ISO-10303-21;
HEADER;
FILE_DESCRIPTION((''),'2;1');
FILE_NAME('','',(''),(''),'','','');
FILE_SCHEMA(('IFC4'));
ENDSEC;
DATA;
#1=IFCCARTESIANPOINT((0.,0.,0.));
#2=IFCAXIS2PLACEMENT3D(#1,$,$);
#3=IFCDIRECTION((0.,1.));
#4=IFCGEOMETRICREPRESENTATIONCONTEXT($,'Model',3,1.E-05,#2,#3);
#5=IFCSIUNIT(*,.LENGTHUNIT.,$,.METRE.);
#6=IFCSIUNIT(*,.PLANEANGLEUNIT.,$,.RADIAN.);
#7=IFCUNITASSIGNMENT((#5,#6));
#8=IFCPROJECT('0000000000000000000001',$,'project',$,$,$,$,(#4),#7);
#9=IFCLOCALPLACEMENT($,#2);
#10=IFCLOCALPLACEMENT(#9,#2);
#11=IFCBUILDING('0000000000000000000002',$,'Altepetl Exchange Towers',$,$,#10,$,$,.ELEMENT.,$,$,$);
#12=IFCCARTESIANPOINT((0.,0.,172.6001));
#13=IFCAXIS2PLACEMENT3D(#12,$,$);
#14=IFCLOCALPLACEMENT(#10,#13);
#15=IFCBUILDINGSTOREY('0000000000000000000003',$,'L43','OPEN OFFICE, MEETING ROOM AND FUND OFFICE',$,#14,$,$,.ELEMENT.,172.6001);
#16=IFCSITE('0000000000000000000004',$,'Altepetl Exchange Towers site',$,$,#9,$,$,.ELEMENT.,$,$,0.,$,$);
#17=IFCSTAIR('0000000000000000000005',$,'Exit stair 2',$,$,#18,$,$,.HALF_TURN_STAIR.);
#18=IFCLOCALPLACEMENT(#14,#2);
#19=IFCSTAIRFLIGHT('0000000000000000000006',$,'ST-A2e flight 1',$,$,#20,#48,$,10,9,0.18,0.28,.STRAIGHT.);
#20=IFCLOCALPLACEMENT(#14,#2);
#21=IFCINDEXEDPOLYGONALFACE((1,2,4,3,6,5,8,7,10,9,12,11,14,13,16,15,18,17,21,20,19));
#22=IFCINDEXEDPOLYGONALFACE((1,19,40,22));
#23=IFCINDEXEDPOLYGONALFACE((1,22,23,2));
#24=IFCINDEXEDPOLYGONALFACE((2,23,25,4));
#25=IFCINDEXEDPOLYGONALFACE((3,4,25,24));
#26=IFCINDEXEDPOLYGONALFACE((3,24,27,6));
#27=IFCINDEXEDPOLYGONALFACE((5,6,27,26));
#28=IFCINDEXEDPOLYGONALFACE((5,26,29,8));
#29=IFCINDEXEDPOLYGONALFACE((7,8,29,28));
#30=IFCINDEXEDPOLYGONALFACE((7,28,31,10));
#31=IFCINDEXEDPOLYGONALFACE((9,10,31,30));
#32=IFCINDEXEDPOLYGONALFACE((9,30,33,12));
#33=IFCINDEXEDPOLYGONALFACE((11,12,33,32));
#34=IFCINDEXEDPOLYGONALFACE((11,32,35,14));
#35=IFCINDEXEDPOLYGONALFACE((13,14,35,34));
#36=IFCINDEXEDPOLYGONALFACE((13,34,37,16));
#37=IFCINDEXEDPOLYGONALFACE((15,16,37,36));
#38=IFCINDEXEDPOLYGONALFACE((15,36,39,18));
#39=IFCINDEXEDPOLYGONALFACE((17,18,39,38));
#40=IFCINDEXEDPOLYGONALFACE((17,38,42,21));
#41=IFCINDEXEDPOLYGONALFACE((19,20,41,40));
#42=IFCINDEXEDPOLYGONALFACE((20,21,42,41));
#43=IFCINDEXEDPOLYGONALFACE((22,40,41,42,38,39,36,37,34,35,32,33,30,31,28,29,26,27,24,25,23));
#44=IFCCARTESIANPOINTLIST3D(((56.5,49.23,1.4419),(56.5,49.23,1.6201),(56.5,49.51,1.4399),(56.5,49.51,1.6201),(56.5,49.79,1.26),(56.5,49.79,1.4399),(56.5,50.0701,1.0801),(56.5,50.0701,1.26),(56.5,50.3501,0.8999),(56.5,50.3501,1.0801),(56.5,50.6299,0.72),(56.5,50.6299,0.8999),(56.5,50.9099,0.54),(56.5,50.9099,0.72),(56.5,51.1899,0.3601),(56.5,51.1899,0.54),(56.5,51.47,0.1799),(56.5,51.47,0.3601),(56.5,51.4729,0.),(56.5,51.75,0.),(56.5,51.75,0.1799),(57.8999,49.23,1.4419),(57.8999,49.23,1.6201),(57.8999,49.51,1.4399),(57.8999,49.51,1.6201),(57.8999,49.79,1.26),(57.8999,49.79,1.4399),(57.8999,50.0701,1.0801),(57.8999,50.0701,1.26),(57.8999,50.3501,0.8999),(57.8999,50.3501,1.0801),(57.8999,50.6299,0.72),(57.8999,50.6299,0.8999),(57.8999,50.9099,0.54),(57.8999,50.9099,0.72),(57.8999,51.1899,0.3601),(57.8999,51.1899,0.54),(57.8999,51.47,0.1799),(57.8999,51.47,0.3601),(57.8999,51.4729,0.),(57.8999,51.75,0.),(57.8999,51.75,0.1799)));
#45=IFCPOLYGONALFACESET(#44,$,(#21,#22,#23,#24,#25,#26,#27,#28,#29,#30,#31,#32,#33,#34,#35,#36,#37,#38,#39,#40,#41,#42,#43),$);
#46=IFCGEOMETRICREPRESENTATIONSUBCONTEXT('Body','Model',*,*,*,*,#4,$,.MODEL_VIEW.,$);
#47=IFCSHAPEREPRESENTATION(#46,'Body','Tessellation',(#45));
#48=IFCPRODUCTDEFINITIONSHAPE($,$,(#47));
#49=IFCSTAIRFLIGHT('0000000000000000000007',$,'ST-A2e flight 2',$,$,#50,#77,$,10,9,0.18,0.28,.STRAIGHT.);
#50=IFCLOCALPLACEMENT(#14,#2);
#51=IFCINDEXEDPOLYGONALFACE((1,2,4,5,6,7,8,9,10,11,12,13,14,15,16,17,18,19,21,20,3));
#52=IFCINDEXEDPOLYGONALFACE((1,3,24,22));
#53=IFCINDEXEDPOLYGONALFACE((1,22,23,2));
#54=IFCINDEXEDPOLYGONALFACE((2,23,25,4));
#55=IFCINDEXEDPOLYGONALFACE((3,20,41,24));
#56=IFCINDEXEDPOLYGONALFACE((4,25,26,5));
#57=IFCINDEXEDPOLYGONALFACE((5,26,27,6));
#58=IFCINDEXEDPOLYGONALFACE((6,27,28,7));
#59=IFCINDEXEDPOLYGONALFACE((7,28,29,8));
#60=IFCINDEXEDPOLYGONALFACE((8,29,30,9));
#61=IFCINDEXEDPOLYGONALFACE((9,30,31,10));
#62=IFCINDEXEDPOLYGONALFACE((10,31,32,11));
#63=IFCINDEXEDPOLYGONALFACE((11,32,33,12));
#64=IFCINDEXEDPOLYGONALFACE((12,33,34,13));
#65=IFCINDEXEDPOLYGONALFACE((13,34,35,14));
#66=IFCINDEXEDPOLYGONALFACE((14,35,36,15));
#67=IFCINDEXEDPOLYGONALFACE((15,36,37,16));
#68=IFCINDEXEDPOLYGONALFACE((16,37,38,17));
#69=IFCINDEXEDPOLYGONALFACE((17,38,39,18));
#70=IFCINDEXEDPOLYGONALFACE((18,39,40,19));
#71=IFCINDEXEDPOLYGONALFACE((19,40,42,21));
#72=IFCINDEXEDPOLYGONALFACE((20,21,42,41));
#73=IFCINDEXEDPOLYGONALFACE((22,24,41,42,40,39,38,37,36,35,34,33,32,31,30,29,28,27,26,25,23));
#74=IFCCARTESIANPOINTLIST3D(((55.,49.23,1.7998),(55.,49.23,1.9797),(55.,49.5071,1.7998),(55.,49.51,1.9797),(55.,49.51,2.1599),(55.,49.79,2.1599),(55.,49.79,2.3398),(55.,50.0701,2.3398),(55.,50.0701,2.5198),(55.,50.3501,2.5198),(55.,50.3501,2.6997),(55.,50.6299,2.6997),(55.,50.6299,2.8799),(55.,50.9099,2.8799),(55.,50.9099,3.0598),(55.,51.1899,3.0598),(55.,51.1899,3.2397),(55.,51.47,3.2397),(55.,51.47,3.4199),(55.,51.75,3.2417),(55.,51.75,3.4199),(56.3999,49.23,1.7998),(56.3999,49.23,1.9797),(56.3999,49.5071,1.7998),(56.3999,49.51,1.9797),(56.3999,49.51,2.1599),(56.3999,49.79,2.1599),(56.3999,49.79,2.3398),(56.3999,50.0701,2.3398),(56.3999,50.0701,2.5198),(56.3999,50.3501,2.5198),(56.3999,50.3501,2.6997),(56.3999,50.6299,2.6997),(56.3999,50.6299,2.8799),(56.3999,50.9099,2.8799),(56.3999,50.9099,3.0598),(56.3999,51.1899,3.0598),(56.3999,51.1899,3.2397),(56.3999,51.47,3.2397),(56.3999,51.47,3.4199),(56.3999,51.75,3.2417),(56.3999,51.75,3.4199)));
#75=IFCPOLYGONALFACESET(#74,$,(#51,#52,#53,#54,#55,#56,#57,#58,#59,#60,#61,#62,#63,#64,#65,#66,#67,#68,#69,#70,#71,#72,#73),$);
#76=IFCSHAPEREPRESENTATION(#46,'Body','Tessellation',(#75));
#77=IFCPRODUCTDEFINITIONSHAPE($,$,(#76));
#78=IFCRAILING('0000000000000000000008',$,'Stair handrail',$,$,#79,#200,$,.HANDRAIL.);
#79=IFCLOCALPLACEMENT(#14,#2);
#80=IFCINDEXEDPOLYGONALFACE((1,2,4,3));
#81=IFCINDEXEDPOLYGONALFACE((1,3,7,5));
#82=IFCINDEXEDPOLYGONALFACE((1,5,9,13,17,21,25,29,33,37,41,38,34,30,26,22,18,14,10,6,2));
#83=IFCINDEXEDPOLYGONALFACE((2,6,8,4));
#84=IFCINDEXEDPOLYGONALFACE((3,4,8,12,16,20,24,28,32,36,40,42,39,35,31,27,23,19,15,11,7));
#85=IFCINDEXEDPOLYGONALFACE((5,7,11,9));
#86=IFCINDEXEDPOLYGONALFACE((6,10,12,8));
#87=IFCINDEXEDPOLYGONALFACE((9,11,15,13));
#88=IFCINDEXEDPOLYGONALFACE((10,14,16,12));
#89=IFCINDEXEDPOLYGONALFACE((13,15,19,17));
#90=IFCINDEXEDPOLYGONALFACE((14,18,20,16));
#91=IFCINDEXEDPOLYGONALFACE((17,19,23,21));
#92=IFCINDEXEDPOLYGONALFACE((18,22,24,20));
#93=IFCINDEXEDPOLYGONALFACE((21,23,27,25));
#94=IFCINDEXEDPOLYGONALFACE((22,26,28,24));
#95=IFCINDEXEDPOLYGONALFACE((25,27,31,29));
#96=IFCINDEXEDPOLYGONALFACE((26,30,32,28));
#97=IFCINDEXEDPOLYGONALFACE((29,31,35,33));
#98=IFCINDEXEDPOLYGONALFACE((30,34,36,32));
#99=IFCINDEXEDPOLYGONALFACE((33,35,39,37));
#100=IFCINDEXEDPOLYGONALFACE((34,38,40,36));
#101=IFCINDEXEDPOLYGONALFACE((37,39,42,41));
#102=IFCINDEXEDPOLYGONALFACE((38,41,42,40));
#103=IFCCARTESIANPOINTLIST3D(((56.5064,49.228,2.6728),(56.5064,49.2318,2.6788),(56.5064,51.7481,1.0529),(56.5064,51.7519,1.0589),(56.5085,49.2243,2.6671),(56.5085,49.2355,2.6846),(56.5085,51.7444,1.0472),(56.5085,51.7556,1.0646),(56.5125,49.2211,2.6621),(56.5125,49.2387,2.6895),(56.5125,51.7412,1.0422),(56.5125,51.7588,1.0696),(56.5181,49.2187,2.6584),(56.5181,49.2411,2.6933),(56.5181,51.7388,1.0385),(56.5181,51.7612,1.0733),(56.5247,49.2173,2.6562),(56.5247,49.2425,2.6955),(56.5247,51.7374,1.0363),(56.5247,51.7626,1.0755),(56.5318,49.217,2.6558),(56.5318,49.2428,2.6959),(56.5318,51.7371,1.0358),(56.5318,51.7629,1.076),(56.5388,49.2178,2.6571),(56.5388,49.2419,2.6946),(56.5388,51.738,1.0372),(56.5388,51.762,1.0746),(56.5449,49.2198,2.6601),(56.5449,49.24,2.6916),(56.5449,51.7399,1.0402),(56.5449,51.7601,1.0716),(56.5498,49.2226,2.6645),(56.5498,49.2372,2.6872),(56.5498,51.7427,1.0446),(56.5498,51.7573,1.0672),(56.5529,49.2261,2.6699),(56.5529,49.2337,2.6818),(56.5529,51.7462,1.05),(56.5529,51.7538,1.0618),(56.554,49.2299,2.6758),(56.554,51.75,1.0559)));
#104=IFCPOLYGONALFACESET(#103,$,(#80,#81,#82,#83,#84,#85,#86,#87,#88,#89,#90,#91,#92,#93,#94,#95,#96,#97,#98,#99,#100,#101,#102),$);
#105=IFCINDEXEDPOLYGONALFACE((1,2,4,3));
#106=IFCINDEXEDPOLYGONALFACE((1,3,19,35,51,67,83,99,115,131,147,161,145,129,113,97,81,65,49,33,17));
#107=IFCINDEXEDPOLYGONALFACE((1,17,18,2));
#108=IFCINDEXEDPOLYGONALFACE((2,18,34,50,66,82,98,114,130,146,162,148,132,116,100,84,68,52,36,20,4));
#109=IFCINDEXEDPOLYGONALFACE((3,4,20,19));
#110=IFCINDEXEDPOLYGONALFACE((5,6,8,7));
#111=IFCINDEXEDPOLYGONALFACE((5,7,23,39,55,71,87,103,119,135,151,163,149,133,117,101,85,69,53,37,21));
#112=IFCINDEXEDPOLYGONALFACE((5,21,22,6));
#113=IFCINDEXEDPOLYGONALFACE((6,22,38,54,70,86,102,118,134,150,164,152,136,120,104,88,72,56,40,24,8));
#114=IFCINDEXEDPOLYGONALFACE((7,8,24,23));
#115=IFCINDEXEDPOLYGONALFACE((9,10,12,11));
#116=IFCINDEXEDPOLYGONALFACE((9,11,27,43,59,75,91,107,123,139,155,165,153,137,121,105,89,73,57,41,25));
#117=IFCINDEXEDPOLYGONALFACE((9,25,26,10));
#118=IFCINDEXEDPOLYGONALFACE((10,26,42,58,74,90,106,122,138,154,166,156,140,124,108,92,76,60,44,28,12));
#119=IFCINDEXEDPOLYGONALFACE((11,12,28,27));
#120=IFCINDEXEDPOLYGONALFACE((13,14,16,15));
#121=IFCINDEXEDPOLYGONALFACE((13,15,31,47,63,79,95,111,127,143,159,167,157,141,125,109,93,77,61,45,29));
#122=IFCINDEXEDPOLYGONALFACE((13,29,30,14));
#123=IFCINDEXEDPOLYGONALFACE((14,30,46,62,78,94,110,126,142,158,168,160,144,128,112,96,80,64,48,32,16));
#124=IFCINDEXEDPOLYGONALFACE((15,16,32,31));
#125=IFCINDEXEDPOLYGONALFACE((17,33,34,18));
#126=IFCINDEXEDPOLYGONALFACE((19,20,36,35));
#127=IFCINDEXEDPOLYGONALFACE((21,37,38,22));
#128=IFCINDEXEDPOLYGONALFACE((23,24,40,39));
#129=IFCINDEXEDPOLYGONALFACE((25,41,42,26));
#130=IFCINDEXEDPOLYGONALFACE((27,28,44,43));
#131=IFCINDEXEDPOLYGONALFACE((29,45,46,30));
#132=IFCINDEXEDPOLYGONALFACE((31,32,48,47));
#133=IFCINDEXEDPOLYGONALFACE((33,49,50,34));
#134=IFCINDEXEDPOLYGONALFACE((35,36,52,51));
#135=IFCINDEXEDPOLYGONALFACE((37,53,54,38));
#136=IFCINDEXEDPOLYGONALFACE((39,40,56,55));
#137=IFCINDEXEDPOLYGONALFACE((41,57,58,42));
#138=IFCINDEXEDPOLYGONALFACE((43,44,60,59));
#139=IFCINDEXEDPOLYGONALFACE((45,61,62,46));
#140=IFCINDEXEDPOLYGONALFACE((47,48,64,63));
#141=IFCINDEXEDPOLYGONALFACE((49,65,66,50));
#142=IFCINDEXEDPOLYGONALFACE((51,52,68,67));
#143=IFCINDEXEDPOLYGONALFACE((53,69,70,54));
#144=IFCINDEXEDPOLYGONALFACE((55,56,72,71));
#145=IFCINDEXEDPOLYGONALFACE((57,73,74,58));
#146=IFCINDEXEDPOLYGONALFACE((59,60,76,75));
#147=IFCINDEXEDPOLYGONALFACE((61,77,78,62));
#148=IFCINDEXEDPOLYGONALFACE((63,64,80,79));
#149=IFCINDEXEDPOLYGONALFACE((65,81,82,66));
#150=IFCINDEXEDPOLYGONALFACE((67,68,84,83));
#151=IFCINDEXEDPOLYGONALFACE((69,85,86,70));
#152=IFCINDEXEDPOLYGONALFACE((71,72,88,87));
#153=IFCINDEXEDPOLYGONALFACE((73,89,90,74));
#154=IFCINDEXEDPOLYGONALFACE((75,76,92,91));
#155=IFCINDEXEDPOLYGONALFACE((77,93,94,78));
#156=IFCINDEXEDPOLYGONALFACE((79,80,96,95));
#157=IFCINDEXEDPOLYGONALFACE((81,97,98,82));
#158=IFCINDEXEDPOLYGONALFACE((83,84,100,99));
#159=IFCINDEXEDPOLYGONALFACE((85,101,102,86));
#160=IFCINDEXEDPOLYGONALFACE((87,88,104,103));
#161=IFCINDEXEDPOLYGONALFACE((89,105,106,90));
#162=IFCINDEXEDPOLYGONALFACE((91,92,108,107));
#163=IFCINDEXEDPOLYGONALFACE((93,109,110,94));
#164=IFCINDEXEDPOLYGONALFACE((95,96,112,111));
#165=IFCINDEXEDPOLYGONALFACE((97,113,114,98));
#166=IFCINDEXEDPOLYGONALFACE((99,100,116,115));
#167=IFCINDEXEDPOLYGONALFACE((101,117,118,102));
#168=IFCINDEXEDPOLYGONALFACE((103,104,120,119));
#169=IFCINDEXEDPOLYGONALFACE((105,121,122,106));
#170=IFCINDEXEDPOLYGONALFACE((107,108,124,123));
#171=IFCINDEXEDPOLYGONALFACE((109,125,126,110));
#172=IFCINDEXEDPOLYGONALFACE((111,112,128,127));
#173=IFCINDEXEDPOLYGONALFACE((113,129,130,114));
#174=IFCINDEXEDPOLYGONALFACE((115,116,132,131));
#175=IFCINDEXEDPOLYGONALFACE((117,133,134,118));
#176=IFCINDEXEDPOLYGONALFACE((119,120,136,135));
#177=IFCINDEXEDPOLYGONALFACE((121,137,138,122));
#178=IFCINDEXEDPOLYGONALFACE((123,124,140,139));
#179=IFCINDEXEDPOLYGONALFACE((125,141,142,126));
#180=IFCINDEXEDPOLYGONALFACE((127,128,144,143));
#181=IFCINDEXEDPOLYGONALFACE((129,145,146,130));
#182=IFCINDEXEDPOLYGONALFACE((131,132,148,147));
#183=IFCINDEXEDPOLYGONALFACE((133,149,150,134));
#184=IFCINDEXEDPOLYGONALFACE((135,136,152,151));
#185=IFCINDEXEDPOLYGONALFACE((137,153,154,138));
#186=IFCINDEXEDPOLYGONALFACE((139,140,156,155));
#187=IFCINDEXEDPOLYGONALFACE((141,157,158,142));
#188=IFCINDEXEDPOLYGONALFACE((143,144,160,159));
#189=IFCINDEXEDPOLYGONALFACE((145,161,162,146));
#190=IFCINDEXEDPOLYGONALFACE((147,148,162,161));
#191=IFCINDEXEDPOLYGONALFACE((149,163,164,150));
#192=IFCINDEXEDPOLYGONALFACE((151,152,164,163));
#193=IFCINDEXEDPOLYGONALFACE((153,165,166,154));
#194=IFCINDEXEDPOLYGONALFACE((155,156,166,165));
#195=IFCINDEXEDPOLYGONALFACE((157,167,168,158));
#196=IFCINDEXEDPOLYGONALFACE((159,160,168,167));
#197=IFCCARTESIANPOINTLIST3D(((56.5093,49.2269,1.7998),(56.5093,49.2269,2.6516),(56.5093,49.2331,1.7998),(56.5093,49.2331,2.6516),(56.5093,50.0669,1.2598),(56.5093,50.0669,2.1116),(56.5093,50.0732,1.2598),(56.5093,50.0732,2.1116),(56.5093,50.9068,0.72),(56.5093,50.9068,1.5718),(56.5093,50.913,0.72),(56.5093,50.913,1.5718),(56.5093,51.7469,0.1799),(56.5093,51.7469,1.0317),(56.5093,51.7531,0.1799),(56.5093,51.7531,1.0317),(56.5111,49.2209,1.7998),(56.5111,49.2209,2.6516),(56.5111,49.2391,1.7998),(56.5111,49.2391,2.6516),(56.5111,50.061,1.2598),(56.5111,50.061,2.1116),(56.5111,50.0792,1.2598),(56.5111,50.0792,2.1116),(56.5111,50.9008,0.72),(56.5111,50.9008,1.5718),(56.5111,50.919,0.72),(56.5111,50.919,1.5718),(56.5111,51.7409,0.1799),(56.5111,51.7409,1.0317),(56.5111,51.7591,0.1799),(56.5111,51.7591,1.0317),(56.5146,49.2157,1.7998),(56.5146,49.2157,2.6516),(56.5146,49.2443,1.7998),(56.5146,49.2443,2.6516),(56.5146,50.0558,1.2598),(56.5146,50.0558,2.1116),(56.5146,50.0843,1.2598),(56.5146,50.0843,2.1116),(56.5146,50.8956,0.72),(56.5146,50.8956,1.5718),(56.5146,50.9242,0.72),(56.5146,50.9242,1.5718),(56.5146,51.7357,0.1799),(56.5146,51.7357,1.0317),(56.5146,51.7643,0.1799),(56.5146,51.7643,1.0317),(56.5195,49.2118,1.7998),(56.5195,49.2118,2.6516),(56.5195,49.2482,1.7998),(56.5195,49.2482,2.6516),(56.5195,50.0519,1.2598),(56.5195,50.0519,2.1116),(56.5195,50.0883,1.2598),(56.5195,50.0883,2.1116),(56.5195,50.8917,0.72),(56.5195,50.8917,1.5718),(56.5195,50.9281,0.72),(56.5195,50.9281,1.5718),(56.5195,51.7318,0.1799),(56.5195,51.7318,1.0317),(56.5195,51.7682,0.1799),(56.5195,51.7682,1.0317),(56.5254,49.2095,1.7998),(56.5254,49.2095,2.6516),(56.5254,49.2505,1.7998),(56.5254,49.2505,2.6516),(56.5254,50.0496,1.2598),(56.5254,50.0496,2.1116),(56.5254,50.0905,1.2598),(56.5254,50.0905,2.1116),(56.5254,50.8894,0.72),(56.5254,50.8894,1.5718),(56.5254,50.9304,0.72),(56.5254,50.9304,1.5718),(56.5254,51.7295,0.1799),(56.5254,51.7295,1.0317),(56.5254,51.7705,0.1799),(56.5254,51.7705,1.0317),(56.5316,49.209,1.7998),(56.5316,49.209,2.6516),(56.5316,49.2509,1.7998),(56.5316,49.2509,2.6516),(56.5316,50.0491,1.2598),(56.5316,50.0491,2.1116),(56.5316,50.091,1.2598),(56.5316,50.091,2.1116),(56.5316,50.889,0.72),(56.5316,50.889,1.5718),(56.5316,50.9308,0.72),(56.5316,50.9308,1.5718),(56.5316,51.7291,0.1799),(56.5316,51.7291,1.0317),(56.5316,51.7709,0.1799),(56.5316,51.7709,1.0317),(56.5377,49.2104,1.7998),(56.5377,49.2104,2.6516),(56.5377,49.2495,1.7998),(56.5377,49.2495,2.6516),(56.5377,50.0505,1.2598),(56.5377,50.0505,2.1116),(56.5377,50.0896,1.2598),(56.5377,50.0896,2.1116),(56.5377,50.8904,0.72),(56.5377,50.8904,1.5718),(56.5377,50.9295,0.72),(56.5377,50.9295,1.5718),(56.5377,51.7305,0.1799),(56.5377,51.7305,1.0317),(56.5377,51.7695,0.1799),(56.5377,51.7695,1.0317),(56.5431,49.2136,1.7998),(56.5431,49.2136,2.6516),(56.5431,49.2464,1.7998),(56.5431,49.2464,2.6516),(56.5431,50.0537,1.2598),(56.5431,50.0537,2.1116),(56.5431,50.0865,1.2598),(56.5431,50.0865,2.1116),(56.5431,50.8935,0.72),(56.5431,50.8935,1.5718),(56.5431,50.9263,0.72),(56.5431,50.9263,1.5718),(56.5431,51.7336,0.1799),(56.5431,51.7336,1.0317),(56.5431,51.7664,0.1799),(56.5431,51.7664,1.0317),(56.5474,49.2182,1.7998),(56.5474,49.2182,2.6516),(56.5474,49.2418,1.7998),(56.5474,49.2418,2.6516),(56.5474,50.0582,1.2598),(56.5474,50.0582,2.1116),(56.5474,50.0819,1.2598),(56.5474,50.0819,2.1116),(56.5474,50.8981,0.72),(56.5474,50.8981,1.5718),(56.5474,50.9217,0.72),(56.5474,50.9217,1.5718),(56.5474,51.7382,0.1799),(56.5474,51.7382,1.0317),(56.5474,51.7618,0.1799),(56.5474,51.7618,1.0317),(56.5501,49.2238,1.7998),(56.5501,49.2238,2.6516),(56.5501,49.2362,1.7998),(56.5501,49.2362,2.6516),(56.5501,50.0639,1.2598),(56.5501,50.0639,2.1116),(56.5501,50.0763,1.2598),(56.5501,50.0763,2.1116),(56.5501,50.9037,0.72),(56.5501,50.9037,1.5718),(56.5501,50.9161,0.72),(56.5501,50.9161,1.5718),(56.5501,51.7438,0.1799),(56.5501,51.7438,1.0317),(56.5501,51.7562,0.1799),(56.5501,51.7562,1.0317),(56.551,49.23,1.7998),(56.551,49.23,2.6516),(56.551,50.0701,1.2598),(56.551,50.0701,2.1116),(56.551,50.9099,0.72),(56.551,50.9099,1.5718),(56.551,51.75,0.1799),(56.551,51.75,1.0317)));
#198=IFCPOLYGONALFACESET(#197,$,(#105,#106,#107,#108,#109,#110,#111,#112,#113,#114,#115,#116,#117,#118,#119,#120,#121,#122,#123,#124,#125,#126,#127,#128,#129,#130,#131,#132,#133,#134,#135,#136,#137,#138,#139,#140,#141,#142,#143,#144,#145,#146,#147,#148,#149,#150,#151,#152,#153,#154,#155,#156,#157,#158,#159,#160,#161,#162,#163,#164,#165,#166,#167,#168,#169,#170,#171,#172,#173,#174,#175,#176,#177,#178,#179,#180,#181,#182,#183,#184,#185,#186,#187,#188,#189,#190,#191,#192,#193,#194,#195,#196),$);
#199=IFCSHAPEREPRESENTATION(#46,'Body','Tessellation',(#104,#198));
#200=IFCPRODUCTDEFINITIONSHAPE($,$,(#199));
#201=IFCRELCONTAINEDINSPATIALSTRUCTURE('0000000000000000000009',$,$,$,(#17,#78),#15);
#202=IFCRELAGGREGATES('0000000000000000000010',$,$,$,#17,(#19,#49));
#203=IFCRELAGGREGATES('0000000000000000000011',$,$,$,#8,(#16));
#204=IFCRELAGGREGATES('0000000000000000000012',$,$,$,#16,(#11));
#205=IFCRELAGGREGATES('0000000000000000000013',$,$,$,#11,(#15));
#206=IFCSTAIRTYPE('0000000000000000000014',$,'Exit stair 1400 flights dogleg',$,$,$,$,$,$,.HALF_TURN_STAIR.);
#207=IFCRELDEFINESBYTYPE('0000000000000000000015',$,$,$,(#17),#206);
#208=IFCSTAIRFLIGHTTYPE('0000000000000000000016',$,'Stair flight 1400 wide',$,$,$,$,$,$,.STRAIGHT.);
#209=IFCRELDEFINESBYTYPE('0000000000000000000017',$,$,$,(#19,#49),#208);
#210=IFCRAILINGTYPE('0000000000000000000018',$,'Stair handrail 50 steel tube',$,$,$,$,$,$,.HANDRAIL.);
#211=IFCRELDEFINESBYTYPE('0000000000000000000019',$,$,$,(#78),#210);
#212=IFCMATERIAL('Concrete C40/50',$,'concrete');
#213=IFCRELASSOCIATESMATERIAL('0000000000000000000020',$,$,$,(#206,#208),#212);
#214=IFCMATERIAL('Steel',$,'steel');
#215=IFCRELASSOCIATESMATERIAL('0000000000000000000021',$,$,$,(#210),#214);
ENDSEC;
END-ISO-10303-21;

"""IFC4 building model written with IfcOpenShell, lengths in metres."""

from ifc_helpers import new_model, si_unit, direction, frame, origin, origin_2d, place, context, subcontext, project, spatial, polyline, circle, outline, extrude, source, transform, mapped, material, type_object, element, aggregate, save


model = new_model("IFC4")

# Units and contexts
model_context = context("Model", 3, precision=1e-05, world=origin(), true_north=direction((0.0, 1.0)))
body_context = subcontext(model_context, "Body", "Model", "MODEL_VIEW")
ifc_project = project(units=[si_unit("LENGTHUNIT", "METRE"), si_unit("PLANEANGLEUNIT", "RADIAN")], contexts=[model_context])

# Site, building, storey
site_placement = place(None, origin())
site = spatial("IfcSite", under=ifc_project, at=site_placement, Name="Altepetl Exchange Towers site", CompositionType="ELEMENT", RefElevation=0.0)
building_placement = place(site_placement, origin())
building = spatial("IfcBuilding", under=site, at=building_placement, Name="Altepetl Exchange Towers", CompositionType="ELEMENT")
storey_placement = place(building_placement, frame((0.0, 0.0, 172.6001)))
storey = spatial("IfcBuildingStorey", under=building, at=storey_placement, Name="L43", Description="OPEN OFFICE, MEETING ROOM AND FUND OFFICE", CompositionType="ELEMENT", Elevation=172.6001)

# Shared definitions
ifc_material_1 = material(Name="Concrete C40/50", Category="concrete")

# Stair, stair flights
stair_type = type_object("IfcStairType", Name="Exit stair 1400 flights dogleg", PredefinedType="HALF_TURN_STAIR", material=ifc_material_1)
stair_placement = place(storey_placement, origin())
stair = element("IfcStair", 1, at=stair_placement, inside=storey, type_object=stair_type, Name="Exit stair 2", PredefinedType="HALF_TURN_STAIR")
stair_flight_type = type_object("IfcStairFlightType", Name="Stair flight 1400 wide", PredefinedType="STRAIGHT", material=ifc_material_1)
stair_flight_1_placement = place(storey_placement, frame((57.2, 51.75, 0.0), z_axis=(0.0, 0.0, 1.0), x_axis=(0.0, -1.0, 0.0)))
stair_flight_1 = element("IfcStairFlight", 2, at=stair_flight_1_placement, type_object=stair_flight_type, Name="ST-A2e flight 1", NumberOfRisers=10, NumberOfTreads=9, PredefinedType="STRAIGHT", RiserHeight=0.18, TreadLength=0.28, context=body_context, shape_type="SweptSolid", body=[
    extrude(outline(polyline([(0.0, 0.0), (0.0, 0.1799), (0.28, 0.1799), (0.28, 0.3601), (0.5601, 0.3601), (0.5601, 0.54), (0.8401, 0.54), (0.8401, 0.72), (1.1201, 0.72), (1.1201, 0.8999), (1.3999, 0.8999), (1.3999, 1.0801), (1.6799, 1.0801), (1.6799, 1.26), (1.96, 1.26), (1.96, 1.4399), (2.24, 1.4399), (2.24, 1.6201), (2.52, 1.6201), (2.52, 1.8), (2.52, 1.4419), (0.2771, 0.0), (0.0, 0.0)])), frame((0.0, 0.7, 0.0), z_axis=(0.0, -1.0, 0.0), x_axis=(1.0, 0.0, 0.0)), (0.0, 0.0, 1.0), 1.3999),
])
stair_flight_2_placement = place(storey_placement, frame((55.7, 49.23, 1.7998), z_axis=(0.0, 0.0, 1.0), x_axis=(0.0, 1.0, 0.0)))
stair_flight_2 = element("IfcStairFlight", 3, at=stair_flight_2_placement, type_object=stair_flight_type, Name="ST-A2e flight 2", NumberOfRisers=10, NumberOfTreads=9, PredefinedType="STRAIGHT", RiserHeight=0.18, TreadLength=0.28, context=body_context, shape_type="SweptSolid", body=[
    extrude(outline(polyline([(0.0, 0.0), (0.0, 0.1799), (0.28, 0.1799), (0.28, 0.3601), (0.5601, 0.3601), (0.5601, 0.54), (0.8401, 0.54), (0.8401, 0.72), (1.1201, 0.72), (1.1201, 0.8999), (1.3999, 0.8999), (1.3999, 1.0801), (1.6799, 1.0801), (1.6799, 1.26), (1.96, 1.26), (1.96, 1.4399), (2.24, 1.4399), (2.24, 1.6201), (2.52, 1.6201), (2.52, 1.8), (2.52, 1.4419), (0.2771, 0.0), (0.0, 0.0)])), frame((0.0, 0.7, 0.0), z_axis=(0.0, -1.0, 0.0), x_axis=(1.0, 0.0, 0.0)), (0.0, 0.0, 1.0), 1.3999),
])
aggregate(stair, [stair_flight_1, stair_flight_2])

# Railing
ifc_material_2 = material(Name="Steel", Category="steel")
railing_type = type_object("IfcRailingType", Name="Stair handrail 50 steel tube", PredefinedType="HANDRAIL", material=ifc_material_2)
shared_shape = source(origin(), body_context, "Body", "SweptSolid", [
    extrude(circle(Radius=0.021, at=origin_2d()), origin(), (0.0, 0.0, 1.0), 0.8518),
])
railing_1_placement = place(storey_placement, frame((56.53, 51.75, 0.1799)))
element("IfcRailing", 4, at=railing_1_placement, inside=storey, type_object=railing_type, Name="Stair handrail", PredefinedType="HANDRAIL", context=body_context, shape_type="SweptSolid", body=[
    extrude(circle(Radius=0.0239, at=origin_2d()), frame((0.0, 0.0, 0.876), z_axis=(0.0, -0.8412, 0.540725), x_axis=(1.0, 0.0, 0.0)), (0.0, 0.0, 1.0), 2.9958),
    mapped(shared_shape, transform((0.0, 0.0, 0.0))),
    mapped(shared_shape, transform((0.0, -0.8401, 0.54))),
    mapped(shared_shape, transform((0.0, -1.6799, 1.0798))),
    mapped(shared_shape, transform((0.0, -2.52, 1.6199))),
])

save(model, "model.ifc")
